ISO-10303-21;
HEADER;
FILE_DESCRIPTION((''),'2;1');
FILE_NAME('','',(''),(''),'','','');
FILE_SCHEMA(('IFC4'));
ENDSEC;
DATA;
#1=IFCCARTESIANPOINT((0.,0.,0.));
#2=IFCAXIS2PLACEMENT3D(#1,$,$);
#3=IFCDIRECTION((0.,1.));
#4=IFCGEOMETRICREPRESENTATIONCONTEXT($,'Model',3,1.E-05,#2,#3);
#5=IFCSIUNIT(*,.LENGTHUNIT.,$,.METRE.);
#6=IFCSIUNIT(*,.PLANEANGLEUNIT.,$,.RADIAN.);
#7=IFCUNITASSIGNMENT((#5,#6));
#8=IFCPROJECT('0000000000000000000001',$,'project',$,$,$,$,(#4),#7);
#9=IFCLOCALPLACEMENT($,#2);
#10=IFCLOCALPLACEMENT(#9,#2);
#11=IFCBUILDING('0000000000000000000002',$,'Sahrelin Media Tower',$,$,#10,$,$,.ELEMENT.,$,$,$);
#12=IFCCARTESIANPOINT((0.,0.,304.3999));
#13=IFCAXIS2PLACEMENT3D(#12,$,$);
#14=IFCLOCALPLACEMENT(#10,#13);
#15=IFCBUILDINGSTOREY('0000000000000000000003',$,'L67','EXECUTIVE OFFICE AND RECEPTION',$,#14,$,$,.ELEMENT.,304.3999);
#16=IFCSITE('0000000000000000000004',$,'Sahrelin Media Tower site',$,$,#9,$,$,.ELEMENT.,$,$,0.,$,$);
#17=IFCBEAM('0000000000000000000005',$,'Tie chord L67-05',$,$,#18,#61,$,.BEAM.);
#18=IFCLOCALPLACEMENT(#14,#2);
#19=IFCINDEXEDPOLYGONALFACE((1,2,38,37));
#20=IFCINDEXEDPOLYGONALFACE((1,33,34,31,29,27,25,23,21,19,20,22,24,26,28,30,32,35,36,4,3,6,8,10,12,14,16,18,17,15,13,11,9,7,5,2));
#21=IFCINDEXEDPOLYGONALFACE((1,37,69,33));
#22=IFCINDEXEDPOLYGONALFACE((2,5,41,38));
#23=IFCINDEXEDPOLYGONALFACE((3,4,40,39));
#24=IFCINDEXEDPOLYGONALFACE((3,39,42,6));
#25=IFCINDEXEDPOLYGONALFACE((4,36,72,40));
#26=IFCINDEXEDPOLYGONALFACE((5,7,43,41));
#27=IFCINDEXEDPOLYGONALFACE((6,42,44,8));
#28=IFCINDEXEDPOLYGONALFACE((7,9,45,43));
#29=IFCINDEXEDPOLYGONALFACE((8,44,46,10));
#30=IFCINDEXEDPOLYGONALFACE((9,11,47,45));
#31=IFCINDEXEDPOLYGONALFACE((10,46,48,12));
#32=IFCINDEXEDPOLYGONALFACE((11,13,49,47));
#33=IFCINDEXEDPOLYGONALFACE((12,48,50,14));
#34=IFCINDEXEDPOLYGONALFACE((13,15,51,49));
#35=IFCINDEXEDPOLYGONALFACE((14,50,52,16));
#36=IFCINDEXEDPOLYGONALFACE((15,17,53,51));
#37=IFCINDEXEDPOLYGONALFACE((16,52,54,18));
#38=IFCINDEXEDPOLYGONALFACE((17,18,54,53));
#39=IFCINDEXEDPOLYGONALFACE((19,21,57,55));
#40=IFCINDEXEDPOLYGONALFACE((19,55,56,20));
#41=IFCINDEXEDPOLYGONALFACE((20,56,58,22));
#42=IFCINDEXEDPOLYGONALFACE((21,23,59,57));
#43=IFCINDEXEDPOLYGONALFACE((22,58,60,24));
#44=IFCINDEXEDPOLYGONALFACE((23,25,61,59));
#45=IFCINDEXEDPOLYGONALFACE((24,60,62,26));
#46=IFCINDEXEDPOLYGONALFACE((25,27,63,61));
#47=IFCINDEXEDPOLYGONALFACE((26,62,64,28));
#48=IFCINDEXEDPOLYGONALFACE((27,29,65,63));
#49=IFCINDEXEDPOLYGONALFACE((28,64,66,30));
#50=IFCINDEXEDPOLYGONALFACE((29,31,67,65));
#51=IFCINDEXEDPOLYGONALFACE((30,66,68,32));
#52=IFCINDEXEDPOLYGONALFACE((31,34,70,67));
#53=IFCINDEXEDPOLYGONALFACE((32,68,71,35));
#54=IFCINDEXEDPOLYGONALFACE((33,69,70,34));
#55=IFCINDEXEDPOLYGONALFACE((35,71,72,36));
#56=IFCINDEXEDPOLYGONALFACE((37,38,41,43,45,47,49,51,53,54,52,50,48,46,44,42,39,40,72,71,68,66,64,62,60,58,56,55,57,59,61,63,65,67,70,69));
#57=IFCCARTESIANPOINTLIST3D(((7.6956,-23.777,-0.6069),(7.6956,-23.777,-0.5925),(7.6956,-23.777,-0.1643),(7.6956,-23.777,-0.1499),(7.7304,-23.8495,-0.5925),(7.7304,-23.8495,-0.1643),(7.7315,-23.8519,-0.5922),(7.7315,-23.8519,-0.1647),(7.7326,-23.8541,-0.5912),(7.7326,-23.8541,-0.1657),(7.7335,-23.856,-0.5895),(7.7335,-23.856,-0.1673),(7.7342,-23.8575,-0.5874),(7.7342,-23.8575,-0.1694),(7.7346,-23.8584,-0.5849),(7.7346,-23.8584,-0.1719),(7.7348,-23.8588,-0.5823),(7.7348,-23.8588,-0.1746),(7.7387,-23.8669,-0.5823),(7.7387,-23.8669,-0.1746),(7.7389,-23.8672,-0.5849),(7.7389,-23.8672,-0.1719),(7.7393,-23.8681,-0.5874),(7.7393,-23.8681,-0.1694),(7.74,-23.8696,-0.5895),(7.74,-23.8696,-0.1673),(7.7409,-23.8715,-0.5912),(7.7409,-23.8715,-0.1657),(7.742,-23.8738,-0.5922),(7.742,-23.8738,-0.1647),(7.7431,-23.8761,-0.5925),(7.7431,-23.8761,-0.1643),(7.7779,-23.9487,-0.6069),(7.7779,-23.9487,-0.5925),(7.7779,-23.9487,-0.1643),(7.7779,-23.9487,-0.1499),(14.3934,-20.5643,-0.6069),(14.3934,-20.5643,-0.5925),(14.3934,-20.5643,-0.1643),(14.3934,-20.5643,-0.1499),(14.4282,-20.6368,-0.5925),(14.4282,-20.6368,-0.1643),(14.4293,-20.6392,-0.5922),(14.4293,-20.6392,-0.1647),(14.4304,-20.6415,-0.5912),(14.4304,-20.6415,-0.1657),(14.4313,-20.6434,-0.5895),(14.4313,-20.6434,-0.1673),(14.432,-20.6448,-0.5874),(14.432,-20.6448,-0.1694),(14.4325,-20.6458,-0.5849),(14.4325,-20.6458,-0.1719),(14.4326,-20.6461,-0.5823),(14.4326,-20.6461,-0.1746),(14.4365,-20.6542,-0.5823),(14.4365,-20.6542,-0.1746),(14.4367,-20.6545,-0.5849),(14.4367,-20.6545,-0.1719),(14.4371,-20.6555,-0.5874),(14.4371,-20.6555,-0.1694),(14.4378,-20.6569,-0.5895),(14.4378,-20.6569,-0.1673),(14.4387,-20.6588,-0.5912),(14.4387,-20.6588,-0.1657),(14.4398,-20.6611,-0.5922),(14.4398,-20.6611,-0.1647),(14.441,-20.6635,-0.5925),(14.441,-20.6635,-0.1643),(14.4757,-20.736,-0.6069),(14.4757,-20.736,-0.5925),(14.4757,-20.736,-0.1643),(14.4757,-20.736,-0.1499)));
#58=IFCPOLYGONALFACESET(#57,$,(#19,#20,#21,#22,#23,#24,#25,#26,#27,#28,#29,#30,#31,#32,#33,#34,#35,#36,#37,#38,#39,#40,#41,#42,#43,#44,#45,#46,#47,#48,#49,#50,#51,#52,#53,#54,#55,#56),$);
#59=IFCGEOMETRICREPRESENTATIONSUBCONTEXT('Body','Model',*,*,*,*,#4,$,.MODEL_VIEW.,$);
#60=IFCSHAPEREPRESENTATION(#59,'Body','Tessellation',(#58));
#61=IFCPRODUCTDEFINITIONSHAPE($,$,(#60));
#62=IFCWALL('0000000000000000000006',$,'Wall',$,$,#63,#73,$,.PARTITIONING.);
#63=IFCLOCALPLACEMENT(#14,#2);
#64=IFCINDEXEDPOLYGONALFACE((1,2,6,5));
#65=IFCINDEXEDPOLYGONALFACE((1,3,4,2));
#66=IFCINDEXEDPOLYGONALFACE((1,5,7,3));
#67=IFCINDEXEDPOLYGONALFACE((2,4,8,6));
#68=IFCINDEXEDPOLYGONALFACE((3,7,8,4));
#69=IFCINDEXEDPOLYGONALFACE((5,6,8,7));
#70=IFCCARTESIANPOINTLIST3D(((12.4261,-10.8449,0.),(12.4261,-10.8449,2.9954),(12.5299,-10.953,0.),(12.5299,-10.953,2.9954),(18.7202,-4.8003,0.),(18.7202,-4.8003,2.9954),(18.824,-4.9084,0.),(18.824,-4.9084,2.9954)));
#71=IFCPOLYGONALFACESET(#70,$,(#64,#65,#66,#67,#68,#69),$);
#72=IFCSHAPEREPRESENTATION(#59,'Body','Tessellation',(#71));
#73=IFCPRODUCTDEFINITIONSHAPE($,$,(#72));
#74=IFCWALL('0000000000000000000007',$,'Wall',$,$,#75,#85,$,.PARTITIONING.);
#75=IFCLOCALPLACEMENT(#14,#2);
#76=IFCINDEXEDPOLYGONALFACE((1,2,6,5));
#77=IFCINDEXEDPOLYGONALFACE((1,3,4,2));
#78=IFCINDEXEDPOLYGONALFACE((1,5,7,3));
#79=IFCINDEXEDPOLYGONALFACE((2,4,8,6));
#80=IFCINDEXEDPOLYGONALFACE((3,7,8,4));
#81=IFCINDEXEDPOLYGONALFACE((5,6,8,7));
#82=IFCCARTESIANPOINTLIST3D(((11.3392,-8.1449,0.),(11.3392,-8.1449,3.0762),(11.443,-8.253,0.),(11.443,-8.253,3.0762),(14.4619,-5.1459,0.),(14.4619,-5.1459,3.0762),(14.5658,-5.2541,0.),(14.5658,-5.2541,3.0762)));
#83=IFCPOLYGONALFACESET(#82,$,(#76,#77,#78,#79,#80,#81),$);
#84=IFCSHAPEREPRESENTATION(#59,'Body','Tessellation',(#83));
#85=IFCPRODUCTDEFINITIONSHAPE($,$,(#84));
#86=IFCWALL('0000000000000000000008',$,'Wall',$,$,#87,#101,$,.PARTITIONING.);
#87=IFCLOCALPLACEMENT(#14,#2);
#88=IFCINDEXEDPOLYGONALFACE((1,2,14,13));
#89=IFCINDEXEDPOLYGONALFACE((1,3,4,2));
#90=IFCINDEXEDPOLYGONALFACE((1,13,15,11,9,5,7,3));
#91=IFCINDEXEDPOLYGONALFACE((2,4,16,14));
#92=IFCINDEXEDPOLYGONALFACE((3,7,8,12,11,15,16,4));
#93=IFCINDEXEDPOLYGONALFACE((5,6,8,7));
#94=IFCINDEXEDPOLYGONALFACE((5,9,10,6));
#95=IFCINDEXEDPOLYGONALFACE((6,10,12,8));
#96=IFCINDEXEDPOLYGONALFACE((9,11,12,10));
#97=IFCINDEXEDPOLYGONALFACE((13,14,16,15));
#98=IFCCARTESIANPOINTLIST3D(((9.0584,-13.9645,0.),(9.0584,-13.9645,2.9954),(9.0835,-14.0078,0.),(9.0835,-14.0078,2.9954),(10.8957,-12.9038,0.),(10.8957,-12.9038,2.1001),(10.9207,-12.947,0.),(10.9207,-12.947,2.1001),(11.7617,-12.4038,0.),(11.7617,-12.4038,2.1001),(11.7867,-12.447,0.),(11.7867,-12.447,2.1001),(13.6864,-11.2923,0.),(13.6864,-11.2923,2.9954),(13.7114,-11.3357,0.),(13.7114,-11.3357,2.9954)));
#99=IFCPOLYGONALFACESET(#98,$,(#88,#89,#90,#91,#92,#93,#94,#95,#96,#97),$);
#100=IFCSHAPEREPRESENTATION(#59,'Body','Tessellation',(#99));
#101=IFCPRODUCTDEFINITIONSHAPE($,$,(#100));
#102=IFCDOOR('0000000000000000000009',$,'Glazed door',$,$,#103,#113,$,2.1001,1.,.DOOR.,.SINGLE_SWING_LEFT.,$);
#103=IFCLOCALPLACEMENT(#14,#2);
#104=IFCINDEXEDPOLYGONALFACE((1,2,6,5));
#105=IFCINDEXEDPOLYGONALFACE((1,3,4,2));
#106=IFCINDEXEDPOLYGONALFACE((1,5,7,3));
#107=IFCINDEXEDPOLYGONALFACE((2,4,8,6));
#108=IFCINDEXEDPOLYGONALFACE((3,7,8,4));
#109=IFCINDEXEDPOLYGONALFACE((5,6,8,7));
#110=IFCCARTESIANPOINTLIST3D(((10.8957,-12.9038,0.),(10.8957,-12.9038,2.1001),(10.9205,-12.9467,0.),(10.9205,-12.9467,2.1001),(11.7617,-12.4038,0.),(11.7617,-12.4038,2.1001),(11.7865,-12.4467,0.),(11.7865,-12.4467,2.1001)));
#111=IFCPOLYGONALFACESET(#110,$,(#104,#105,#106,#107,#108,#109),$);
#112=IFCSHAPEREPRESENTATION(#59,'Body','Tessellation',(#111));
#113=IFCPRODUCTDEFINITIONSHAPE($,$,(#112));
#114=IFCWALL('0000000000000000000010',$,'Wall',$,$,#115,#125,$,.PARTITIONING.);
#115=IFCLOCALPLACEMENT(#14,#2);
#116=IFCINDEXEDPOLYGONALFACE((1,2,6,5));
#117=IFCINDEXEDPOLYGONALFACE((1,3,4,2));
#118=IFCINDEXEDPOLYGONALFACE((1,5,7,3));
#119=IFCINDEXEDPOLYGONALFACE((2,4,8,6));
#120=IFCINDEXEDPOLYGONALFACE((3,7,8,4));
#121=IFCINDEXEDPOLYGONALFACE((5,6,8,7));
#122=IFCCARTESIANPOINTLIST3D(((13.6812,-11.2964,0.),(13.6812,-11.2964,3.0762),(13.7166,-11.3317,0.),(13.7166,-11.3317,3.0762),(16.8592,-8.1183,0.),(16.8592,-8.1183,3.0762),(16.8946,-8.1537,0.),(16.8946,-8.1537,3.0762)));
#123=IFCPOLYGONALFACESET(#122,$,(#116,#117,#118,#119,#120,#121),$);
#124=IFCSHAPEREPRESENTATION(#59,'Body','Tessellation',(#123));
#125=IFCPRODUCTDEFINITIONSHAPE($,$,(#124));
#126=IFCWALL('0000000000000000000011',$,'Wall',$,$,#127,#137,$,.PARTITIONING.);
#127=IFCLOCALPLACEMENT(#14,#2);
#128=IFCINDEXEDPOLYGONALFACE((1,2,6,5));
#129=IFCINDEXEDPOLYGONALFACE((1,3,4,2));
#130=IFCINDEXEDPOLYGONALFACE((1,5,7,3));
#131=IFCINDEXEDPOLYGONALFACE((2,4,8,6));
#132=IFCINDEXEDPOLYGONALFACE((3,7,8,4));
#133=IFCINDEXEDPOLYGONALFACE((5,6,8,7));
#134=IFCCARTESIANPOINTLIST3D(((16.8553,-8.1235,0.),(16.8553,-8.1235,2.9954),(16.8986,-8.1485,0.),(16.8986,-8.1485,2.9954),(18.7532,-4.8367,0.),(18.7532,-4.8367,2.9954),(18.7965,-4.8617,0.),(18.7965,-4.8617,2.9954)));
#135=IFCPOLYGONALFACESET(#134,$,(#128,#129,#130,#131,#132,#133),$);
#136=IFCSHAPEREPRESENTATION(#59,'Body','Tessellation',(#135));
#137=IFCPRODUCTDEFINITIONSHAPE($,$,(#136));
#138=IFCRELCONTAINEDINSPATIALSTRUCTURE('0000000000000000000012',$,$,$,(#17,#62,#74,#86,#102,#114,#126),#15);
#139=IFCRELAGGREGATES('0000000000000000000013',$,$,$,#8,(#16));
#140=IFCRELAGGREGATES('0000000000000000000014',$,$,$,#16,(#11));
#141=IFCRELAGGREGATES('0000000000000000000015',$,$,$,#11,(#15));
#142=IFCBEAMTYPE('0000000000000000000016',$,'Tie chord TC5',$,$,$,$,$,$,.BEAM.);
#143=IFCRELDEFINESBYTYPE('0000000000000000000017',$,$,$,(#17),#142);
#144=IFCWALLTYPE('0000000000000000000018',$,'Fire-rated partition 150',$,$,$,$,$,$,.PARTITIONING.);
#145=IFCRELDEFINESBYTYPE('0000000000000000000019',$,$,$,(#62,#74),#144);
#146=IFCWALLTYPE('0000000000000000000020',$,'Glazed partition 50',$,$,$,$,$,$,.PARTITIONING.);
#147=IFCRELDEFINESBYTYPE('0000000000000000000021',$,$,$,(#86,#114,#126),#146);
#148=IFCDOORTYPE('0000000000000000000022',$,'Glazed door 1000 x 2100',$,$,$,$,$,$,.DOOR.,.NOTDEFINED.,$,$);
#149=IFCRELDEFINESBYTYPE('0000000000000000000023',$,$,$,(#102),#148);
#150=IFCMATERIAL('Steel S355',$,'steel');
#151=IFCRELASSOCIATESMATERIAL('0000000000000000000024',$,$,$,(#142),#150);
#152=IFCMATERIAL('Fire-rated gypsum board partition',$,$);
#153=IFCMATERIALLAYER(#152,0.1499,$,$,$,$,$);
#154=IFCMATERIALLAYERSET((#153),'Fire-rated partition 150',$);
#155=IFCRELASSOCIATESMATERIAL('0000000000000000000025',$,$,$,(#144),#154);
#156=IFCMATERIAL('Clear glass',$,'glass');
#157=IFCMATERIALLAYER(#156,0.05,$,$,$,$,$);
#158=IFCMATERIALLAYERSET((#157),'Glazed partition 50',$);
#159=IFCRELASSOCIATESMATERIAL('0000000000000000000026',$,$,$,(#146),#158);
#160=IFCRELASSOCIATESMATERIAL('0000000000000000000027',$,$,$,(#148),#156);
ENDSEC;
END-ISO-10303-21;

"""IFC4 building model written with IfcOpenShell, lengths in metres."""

from ifc_helpers import new_model, si_unit, direction, frame, frame_2d, origin, origin_2d, place, context, subcontext, project, spatial, rectangle, i_section, extrude, material, layer, layer_set, material_profile, profile_set, type_object, element, fill, save


model = new_model("IFC4")

# Units and contexts
model_context = context("Model", 3, precision=1e-05, world=origin(), true_north=direction((0.0, 1.0)))
body_context = subcontext(model_context, "Body", "Model", "MODEL_VIEW")
ifc_project = project(units=[si_unit("LENGTHUNIT", "METRE"), si_unit("PLANEANGLEUNIT", "RADIAN")], contexts=[model_context])

# Site, building, storey
site_placement = place(None, origin())
site = spatial("IfcSite", under=ifc_project, at=site_placement, Name="Sahrelin Media Tower site", CompositionType="ELEMENT", RefElevation=0.0)
building_placement = place(site_placement, origin())
building = spatial("IfcBuilding", under=site, at=building_placement, Name="Sahrelin Media Tower", CompositionType="ELEMENT")
storey_placement = place(building_placement, frame((0.0, 0.0, 304.3999)))
storey = spatial("IfcBuildingStorey", under=building, at=storey_placement, Name="L67", Description="EXECUTIVE OFFICE AND RECEPTION", CompositionType="ELEMENT", Elevation=304.3999)

# Beam
ifc_material_1 = material(Name="Steel S355", Category="steel")
ifc_material_profile_1 = material_profile(ifc_material_1, i_section(OverallWidth=0.1904, OverallDepth=0.457, WebThickness=0.009, FlangeThickness=0.0144, FilletRadius=0.0103, at=origin_2d()), Name="UB 457x191x74")
ifc_profile_set_1 = profile_set([ifc_material_profile_1], Name="Steel S355")
beam_type_1 = type_object("IfcBeamType", Name="Tie chord TC5", PredefinedType="BEAM", material=ifc_profile_set_1)
beam_1_placement = place(storey_placement, frame((14.4346, -20.6501, -0.3784), z_axis=(-0.901643, -0.432482, 0.0), x_axis=(0.432482, -0.901643, 0.0)))
element("IfcBeam", 1, at=beam_1_placement, inside=storey, type_object=beam_type_1, Name="Tie chord L67-05", PredefinedType="BEAM", context=body_context, shape_type="SweptSolid", body=[
    extrude(i_section(OverallWidth=0.1904, OverallDepth=0.457, WebThickness=0.009, FlangeThickness=0.0144, FilletRadius=0.0103, at=origin_2d()), origin(), (0.0, 0.0, 1.0), 7.4285),
])

# Walls
ifc_material_2 = material(Name="Fire-rated gypsum board partition")
ifc_layer_1 = layer(ifc_material_2, 0.1499)
ifc_layer_set_1 = layer_set([ifc_layer_1], Name="Fire-rated partition 150")
wall_type_1 = type_object("IfcWallType", Name="Fire-rated partition 150", PredefinedType="PARTITIONING", material=ifc_layer_set_1)
wall_1_placement = place(storey_placement, frame((12.478, -10.8989, 0.0), z_axis=(0.0, 0.0, 1.0), x_axis=(0.721258, 0.692666, 0.0)))
element("IfcWall", 2, at=wall_1_placement, inside=storey, type_object=wall_type_1, Name="Wall", PredefinedType="PARTITIONING", context=body_context, shape_type="SweptSolid", body=[
    extrude(rectangle(XDim=8.7266, YDim=0.1499, at=frame_2d((4.3633, 0.0))), origin(), (0.0, 0.0, 1.0), 2.9954),
])
wall_2_placement = place(storey_placement, frame((11.3911, -8.199, 0.0), z_axis=(0.0, 0.0, 1.0), x_axis=(0.721257, 0.692668, 0.0)))
element("IfcWall", 3, at=wall_2_placement, inside=storey, type_object=wall_type_1, Name="Wall", PredefinedType="PARTITIONING", context=body_context, shape_type="SweptSolid", body=[
    extrude(rectangle(XDim=4.3296, YDim=0.1499, at=frame_2d((2.1648, 0.0))), origin(), (0.0, 0.0, 1.0), 3.0762),
])

# Wall, opening, door
ifc_material_3 = material(Name="Clear glass", Category="glass")
ifc_layer_2 = layer(ifc_material_3, 0.05)
ifc_layer_set_2 = layer_set([ifc_layer_2], Name="Glazed partition 50")
wall_type_2 = type_object("IfcWallType", Name="Glazed partition 50", PredefinedType="PARTITIONING", material=ifc_layer_set_2)
wall_3_placement = place(storey_placement, frame((9.071, -13.9861, 0.0), z_axis=(0.0, 0.0, 1.0), x_axis=(0.866011, 0.500026, 0.0)))
wall_3 = element("IfcWall", 4, at=wall_3_placement, inside=storey, type_object=wall_type_2, Name="Wall", PredefinedType="PARTITIONING", context=body_context, shape_type="SweptSolid", body=[
    extrude(rectangle(XDim=5.344, YDim=0.05, at=frame_2d((2.6719, 0.0))), origin(), (0.0, 0.0, 1.0), 2.9954),
])
opening_placement = place(wall_3_placement, frame((2.1213, 0.0, 0.0)))
opening = element("IfcOpeningElement", 5, at=opening_placement, cuts=wall_3, PredefinedType="OPENING", context=body_context, shape_type="SweptSolid", body=[
    extrude(rectangle(XDim=1.0, YDim=2.1001, at=frame_2d((0.5, 1.05))), frame((0.0, 0.0249, 0.0), z_axis=(0.0, -1.0, 0.0), x_axis=(1.0, 0.0, 0.0)), (0.0, 0.0, 1.0), 0.05),
])
door_type = type_object("IfcDoorType", Name="Glazed door 1000 x 2100", OperationType="NOTDEFINED", PredefinedType="DOOR", material=ifc_material_3)
door_placement = place(opening_placement, origin())
door = element("IfcDoor", 6, at=door_placement, inside=storey, type_object=door_type, Name="Glazed door", OperationType="SINGLE_SWING_LEFT", OverallHeight=2.1001, OverallWidth=1.0, PredefinedType="DOOR", context=body_context, shape_type="SweptSolid", body=[
    extrude(rectangle(XDim=1.0, YDim=2.1001, at=frame_2d((0.5, 1.05))), frame((0.0, 0.0249, 0.0), z_axis=(0.0, -1.0, 0.0), x_axis=(1.0, 0.0, 0.0)), (0.0, 0.0, 1.0), 0.0496),
])
fill(opening, door)

# Walls
wall_4_placement = place(storey_placement, frame((13.699, -11.314, 0.0), z_axis=(0.0, 0.0, 1.0), x_axis=(0.707107, 0.707107, 0.0)))
element("IfcWall", 7, at=wall_4_placement, inside=storey, type_object=wall_type_2, Name="Wall", PredefinedType="PARTITIONING", context=body_context, shape_type="SweptSolid", body=[
    extrude(rectangle(XDim=4.4944, YDim=0.05, at=frame_2d((2.2471, 0.0))), origin(), (0.0, 0.0, 1.0), 3.0762),
])
wall_5_placement = place(storey_placement, frame((16.877, -8.136, 0.0), z_axis=(0.0, 0.0, 1.0), x_axis=(0.500055, 0.865994, 0.0)))
element("IfcWall", 8, at=wall_5_placement, inside=storey, type_object=wall_type_2, Name="Wall", PredefinedType="PARTITIONING", context=body_context, shape_type="SweptSolid", body=[
    extrude(rectangle(XDim=3.7954, YDim=0.05, at=frame_2d((1.8977, 0.0))), origin(), (0.0, 0.0, 1.0), 2.9954),
])

save(model, "model.ifc")
